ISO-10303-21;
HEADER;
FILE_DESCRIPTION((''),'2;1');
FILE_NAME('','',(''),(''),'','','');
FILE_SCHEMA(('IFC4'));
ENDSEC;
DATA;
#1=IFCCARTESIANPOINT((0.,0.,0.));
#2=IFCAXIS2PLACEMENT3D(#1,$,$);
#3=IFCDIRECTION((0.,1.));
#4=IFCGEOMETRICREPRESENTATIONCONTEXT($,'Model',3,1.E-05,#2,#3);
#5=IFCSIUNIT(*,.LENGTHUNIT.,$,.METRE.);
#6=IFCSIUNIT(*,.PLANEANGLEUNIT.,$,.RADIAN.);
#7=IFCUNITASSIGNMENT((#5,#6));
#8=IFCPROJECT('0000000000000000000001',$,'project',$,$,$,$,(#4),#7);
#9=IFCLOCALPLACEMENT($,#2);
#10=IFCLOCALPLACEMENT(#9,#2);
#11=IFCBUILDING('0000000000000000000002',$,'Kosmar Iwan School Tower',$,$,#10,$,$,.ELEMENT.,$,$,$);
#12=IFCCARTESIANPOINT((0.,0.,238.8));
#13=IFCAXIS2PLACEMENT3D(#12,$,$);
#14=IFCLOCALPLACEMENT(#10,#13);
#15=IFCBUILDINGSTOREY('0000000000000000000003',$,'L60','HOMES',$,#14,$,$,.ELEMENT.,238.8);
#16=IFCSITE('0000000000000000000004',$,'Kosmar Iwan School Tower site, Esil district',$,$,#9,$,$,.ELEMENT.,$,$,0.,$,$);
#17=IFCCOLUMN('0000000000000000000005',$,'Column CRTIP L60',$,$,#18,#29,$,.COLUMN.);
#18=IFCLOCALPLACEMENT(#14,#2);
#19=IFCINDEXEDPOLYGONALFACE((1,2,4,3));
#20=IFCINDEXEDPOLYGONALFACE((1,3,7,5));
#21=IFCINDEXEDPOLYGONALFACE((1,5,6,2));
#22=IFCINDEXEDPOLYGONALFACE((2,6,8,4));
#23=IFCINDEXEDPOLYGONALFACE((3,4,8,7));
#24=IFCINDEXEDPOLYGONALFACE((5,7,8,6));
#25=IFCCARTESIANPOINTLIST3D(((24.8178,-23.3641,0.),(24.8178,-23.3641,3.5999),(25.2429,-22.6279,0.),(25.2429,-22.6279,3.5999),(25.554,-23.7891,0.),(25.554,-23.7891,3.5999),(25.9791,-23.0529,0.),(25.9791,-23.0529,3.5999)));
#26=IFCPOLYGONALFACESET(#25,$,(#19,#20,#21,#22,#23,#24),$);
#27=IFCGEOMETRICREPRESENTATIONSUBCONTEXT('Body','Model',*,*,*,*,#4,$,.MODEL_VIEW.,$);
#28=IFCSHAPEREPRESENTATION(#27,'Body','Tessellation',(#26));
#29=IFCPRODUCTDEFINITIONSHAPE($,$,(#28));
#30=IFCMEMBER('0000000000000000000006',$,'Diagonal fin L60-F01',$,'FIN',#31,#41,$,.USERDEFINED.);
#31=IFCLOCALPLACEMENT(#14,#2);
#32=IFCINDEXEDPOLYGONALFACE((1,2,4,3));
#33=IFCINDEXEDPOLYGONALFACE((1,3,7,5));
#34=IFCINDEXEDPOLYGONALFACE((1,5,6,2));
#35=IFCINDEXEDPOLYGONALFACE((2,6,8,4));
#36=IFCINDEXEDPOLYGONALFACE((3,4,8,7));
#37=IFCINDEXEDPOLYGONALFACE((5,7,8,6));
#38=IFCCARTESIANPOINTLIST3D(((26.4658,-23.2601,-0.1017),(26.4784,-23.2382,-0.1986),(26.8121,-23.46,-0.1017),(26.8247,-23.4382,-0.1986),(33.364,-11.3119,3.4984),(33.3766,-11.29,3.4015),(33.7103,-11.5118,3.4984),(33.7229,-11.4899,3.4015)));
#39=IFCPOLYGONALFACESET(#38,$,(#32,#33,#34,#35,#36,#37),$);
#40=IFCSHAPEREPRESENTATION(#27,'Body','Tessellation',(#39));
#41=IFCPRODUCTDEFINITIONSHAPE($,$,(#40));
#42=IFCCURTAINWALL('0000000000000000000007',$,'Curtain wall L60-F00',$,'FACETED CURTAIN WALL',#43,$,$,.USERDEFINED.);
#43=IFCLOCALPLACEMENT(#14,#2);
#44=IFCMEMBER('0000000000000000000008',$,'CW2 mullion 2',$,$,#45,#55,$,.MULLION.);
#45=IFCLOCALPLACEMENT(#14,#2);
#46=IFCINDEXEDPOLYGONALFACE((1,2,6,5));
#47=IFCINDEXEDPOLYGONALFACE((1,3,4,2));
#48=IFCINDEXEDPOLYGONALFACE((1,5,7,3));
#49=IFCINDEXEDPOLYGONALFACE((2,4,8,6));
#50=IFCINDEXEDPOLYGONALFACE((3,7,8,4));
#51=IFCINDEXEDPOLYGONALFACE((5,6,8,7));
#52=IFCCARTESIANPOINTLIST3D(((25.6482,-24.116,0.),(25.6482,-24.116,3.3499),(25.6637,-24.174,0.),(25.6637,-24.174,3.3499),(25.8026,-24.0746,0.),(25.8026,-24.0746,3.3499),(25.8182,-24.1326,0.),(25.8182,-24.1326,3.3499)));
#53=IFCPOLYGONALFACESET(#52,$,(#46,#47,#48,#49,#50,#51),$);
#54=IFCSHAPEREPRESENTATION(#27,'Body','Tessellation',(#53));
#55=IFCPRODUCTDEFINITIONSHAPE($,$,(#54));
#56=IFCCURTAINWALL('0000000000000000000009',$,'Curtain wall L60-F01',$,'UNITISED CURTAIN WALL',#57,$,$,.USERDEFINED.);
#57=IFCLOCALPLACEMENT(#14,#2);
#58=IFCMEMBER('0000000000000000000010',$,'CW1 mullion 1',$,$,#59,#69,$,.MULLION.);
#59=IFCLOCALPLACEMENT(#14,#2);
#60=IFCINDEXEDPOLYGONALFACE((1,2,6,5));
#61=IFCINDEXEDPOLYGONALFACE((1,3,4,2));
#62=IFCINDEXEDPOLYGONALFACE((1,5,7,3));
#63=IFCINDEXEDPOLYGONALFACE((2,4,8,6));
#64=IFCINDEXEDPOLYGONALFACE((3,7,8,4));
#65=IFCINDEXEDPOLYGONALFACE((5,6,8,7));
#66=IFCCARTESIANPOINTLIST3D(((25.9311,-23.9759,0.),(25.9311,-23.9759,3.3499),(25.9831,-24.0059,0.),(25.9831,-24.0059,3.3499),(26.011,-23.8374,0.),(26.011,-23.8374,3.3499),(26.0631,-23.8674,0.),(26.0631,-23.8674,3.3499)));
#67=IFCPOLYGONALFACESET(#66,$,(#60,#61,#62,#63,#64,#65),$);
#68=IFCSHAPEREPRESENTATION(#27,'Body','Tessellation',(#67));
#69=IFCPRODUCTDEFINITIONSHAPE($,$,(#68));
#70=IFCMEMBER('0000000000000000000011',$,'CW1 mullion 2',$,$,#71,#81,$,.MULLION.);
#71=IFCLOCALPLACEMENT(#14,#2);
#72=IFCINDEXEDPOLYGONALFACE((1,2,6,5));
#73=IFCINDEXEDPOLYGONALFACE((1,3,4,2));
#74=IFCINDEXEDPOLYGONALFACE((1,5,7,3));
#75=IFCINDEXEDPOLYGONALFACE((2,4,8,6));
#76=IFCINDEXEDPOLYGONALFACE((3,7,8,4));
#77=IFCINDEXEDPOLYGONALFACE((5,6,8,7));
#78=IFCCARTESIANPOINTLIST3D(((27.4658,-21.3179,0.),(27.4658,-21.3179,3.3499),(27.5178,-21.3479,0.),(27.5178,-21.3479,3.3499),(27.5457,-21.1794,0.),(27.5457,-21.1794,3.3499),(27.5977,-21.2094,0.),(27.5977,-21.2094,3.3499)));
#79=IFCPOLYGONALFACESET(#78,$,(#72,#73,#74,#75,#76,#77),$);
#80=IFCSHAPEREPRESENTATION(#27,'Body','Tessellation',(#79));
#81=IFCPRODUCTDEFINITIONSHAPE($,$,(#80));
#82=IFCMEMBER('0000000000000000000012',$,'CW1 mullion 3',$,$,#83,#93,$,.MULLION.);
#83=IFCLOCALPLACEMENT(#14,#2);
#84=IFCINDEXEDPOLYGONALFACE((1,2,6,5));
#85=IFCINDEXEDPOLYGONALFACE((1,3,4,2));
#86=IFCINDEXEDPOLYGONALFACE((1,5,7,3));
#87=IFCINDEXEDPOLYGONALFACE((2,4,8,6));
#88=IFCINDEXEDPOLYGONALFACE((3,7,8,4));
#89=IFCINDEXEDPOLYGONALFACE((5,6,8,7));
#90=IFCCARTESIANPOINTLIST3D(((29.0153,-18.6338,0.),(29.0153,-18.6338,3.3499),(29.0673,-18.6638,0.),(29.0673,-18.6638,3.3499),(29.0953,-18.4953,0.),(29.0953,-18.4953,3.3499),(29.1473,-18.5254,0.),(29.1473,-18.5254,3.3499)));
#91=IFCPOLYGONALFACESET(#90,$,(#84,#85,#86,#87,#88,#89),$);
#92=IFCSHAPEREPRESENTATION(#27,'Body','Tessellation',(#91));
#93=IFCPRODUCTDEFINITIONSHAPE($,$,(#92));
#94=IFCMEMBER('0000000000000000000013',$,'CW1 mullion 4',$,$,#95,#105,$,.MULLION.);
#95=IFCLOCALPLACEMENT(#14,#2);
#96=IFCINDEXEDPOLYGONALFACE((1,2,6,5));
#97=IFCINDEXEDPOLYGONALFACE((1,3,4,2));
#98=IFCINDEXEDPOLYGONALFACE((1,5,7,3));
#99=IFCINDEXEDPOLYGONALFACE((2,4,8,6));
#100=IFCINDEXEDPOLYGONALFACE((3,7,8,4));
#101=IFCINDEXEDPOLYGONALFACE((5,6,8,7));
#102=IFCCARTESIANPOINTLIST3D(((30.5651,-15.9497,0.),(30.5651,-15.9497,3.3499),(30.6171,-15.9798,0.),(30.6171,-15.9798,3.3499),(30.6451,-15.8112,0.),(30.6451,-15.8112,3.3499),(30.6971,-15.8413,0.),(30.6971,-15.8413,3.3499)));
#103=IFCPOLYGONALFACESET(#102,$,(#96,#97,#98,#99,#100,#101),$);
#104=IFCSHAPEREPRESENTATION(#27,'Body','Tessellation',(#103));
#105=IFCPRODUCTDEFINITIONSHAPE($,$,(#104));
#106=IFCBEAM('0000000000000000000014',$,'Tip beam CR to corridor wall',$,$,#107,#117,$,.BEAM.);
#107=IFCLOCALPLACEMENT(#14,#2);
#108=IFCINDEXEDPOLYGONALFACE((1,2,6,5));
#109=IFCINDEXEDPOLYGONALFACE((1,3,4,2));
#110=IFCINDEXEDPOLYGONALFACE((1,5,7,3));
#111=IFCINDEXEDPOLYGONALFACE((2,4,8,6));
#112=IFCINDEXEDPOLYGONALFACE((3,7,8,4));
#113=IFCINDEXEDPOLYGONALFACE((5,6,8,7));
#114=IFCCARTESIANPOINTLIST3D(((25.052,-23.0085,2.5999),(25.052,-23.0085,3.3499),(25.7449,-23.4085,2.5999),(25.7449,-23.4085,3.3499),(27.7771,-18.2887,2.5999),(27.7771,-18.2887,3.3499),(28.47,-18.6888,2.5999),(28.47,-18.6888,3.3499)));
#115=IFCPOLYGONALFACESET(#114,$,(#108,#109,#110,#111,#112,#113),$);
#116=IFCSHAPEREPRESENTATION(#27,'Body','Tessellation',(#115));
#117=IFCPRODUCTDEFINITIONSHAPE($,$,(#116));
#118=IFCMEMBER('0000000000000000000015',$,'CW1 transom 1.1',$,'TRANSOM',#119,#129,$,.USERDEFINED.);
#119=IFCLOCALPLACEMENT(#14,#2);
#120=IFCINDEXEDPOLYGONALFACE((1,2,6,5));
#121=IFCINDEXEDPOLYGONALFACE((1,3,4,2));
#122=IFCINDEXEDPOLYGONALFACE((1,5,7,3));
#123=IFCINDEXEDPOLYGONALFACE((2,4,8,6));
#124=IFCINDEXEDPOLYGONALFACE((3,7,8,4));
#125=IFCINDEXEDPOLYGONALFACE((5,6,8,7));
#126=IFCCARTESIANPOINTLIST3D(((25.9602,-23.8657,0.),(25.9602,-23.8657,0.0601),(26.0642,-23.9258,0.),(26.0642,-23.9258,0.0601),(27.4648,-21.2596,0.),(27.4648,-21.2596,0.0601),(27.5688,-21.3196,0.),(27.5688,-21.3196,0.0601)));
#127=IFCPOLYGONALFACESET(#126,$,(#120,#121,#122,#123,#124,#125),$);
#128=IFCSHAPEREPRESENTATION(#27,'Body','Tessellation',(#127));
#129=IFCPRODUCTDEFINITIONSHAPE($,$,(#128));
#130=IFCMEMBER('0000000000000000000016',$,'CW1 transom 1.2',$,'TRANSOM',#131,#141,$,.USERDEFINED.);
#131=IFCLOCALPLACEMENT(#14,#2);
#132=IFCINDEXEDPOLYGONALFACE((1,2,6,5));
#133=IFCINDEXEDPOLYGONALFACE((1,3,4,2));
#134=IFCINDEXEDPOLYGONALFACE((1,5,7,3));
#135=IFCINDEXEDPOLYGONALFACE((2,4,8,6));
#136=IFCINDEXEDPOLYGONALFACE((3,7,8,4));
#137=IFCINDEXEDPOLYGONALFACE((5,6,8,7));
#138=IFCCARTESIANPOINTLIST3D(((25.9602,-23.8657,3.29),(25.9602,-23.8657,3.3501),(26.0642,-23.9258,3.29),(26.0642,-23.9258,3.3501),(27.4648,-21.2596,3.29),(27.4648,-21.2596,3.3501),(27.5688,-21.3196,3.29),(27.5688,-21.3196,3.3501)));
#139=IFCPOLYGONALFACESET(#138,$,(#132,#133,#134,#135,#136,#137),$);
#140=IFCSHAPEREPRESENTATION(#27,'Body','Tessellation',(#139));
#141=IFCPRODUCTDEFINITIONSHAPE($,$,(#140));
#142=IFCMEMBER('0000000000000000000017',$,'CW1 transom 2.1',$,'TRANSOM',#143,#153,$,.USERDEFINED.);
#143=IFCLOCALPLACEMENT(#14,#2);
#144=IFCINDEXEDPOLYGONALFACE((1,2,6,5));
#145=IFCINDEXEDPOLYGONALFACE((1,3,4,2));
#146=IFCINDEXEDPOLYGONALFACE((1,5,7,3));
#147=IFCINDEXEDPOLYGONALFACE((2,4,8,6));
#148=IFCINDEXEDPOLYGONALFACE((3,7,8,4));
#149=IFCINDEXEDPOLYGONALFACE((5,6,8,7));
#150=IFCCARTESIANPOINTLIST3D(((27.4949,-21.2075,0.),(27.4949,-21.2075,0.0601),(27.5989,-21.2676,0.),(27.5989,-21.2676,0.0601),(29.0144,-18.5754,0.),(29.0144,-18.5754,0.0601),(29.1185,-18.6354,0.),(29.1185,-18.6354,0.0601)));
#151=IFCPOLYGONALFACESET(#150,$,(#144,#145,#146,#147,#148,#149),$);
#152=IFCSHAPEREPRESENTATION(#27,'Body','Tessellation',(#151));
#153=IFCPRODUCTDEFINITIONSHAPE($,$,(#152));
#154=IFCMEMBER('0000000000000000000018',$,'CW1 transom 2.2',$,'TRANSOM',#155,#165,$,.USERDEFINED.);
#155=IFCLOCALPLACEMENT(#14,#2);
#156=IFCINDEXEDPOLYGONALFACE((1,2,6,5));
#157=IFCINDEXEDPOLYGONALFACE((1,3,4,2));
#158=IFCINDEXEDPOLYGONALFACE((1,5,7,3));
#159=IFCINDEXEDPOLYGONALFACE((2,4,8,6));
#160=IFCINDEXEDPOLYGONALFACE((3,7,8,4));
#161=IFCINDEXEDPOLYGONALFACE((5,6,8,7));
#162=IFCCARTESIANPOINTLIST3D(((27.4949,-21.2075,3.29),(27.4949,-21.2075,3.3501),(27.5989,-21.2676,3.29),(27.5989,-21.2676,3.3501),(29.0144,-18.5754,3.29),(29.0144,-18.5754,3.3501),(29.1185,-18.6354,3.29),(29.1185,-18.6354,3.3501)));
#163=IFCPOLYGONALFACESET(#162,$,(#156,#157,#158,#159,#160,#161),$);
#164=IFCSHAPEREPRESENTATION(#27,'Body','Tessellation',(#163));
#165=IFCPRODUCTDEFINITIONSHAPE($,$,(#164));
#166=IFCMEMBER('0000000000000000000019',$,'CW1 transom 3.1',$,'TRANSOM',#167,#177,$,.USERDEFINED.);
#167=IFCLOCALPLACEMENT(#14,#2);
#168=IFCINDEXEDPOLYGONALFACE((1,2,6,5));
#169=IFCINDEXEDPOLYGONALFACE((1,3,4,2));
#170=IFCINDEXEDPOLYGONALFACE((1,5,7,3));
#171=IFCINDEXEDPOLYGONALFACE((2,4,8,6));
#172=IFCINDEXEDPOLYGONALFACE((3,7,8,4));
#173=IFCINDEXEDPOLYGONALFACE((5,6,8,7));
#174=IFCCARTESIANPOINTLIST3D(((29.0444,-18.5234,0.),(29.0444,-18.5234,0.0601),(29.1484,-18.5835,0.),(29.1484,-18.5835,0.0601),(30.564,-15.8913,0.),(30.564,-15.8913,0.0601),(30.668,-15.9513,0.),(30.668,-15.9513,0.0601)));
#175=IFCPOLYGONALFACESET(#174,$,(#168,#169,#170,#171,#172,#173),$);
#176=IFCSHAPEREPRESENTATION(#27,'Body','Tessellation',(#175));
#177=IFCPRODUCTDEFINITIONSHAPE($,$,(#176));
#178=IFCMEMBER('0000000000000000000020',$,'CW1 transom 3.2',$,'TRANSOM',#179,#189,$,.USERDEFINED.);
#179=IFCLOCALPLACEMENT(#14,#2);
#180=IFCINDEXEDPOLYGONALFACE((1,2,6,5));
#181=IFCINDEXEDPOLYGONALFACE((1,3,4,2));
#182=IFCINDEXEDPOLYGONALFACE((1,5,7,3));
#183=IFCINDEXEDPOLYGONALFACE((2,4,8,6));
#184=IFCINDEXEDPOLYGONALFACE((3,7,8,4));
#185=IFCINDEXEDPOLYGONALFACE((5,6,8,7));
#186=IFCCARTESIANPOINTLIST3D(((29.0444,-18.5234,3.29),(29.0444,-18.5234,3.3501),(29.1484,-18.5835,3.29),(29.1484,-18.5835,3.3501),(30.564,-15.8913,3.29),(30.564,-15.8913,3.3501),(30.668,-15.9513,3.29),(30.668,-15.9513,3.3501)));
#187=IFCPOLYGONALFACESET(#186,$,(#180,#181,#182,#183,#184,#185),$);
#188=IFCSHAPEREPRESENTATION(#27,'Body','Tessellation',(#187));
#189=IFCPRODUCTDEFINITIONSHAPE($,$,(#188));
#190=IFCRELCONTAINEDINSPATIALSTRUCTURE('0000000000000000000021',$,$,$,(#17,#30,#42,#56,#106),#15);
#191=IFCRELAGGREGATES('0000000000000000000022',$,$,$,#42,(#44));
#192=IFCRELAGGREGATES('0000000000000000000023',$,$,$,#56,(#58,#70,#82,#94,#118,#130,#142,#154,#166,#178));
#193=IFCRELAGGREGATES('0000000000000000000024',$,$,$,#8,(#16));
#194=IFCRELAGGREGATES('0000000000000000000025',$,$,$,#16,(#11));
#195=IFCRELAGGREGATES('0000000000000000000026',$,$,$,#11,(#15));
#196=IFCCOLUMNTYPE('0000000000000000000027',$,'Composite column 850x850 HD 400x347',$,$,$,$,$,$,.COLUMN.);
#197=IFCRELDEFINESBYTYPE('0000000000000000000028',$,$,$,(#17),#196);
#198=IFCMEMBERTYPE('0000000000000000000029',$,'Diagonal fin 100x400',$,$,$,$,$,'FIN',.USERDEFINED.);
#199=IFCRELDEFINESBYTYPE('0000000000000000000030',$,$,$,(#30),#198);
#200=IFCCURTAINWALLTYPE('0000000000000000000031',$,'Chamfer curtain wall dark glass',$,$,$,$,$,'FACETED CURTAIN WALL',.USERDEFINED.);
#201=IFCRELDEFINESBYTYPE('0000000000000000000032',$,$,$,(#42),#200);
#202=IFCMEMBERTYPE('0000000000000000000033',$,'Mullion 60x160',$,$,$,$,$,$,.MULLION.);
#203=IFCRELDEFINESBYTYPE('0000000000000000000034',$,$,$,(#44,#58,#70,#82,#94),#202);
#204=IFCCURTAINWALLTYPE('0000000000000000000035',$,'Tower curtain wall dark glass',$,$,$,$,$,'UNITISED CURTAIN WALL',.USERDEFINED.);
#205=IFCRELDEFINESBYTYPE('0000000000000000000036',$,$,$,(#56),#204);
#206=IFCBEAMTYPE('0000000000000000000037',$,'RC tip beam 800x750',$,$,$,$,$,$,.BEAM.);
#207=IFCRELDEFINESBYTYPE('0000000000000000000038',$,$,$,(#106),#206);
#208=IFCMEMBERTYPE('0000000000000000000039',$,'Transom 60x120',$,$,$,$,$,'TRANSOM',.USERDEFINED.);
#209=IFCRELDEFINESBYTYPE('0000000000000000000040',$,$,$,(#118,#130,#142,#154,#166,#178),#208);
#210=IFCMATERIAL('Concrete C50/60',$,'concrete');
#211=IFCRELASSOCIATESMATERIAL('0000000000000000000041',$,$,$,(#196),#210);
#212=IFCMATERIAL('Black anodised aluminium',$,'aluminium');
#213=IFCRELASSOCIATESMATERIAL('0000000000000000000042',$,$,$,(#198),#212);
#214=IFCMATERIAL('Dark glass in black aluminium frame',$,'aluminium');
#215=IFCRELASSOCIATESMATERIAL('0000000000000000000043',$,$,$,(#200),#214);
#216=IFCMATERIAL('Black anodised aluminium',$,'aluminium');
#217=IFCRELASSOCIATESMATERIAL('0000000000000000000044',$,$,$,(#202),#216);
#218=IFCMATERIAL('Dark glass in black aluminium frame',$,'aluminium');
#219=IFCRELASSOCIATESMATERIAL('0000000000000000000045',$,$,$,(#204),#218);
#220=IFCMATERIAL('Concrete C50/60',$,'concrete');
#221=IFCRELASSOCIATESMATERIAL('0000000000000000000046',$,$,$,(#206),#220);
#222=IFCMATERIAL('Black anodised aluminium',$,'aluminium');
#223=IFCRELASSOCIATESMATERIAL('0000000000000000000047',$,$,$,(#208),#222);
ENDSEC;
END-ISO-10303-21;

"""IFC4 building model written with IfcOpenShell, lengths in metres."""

from ifc_helpers import new_model, si_unit, direction, frame, origin, origin_2d, place, context, subcontext, project, spatial, rectangle, extrude, material, material_profile, profile_set, type_object, element, aggregate, save


model = new_model("IFC4")

# Units and contexts
model_context = context("Model", 3, precision=1e-05, world=origin(), true_north=direction((0.0, 1.0)))
body_context = subcontext(model_context, "Body", "Model", "MODEL_VIEW")
ifc_project = project(units=[si_unit("LENGTHUNIT", "METRE"), si_unit("PLANEANGLEUNIT", "RADIAN")], contexts=[model_context])

# Site, building, storey
site_placement = place(None, origin())
site = spatial("IfcSite", under=ifc_project, at=site_placement, Name="Kosmar Iwan School Tower site, Esil district", CompositionType="ELEMENT", RefElevation=0.0)
building_placement = place(site_placement, origin())
building = spatial("IfcBuilding", under=site, at=building_placement, Name="Kosmar Iwan School Tower", CompositionType="ELEMENT")
storey_placement = place(building_placement, frame((0.0, 0.0, 238.8)))
storey = spatial("IfcBuildingStorey", under=building, at=storey_placement, Name="L60", Description="HOMES", CompositionType="ELEMENT", Elevation=238.8)

# Column
ifc_material_1 = material(Name="Concrete C50/60", Category="concrete")
ifc_material_profile_1 = material_profile(ifc_material_1, rectangle(XDim=0.8501, YDim=0.8501, at=origin_2d()), Name="RC 850x850 + HD 400x347")
ifc_profile_set_1 = profile_set([ifc_material_profile_1], Name="Concrete C50/60")
column_type = type_object("IfcColumnType", Name="Composite column 850x850 HD 400x347", PredefinedType="COLUMN", material=ifc_profile_set_1)
column_placement = place(storey_placement, frame((25.3984, -23.2085, 0.0), z_axis=(0.0, 0.0, 1.0), x_axis=(0.866025, -0.5, 0.0)))
element("IfcColumn", 1, at=column_placement, inside=storey, type_object=column_type, Name="Column CRTIP L60", PredefinedType="COLUMN", context=body_context, shape_type="SweptSolid", body=[
    extrude(rectangle(XDim=0.8501, YDim=0.8501, at=origin_2d()), origin(), (0.0, 0.0, 1.0), 3.5999),
])

# Member
ifc_material_2 = material(Name="Black anodised aluminium", Category="aluminium")
ifc_material_profile_2 = material_profile(ifc_material_2, rectangle(XDim=0.1001, YDim=0.3999, at=origin_2d()), Name="FIN 100x400")
ifc_profile_set_2 = profile_set([ifc_material_profile_2], Name="Black anodised aluminium")
member_type_1 = type_object("IfcMemberType", Name="Diagonal fin 100x400", ElementType="FIN", PredefinedType="USERDEFINED", material=ifc_profile_set_2)
member_1_placement = place(storey_placement, frame((26.6453, -23.3491, -0.1501), z_axis=(0.483793, 0.83797, 0.252487), x_axis=(-0.126242, -0.218661, 0.9676)))
element("IfcMember", 2, at=member_1_placement, inside=storey, type_object=member_type_1, Name="Diagonal fin L60-F01", ObjectType="FIN", PredefinedType="USERDEFINED", context=body_context, shape_type="SweptSolid", body=[
    extrude(rectangle(XDim=0.1001, YDim=0.3999, at=origin_2d()), origin(), (0.0, 0.0, 1.0), 14.2585),
])

# Curtain wall, member
ifc_material_3 = material(Name="Dark glass in black aluminium frame", Category="aluminium")
curtain_wall_type_1 = type_object("IfcCurtainWallType", Name="Chamfer curtain wall dark glass", ElementType="FACETED CURTAIN WALL", PredefinedType="USERDEFINED", material=ifc_material_3)
curtain_wall_1_placement = place(storey_placement, origin())
curtain_wall_1 = element("IfcCurtainWall", 3, at=curtain_wall_1_placement, inside=storey, type_object=curtain_wall_type_1, Name="Curtain wall L60-F00", ObjectType="FACETED CURTAIN WALL", PredefinedType="USERDEFINED")
ifc_material_4 = material(Name="Black anodised aluminium", Category="aluminium")
ifc_material_profile_3 = material_profile(ifc_material_4, rectangle(XDim=0.0601, YDim=0.1599, at=origin_2d()), Name="MULLION 60x160")
ifc_profile_set_3 = profile_set([ifc_material_profile_3], Name="Black anodised aluminium")
member_type_2 = type_object("IfcMemberType", Name="Mullion 60x160", PredefinedType="MULLION", material=ifc_profile_set_3)
member_2_placement = place(storey_placement, frame((25.7332, -24.1243, 0.0), z_axis=(0.0, 0.0, 1.0), x_axis=(-0.258819, 0.965926, 0.0)))
member_2 = element("IfcMember", 4, at=member_2_placement, type_object=member_type_2, Name="CW2 mullion 2", PredefinedType="MULLION", context=body_context, shape_type="SweptSolid", body=[
    extrude(rectangle(XDim=0.0601, YDim=0.1599, at=origin_2d()), origin(), (0.0, 0.0, 1.0), 3.3499),
])
aggregate(curtain_wall_1, [member_2])

# Curtain wall, members
ifc_material_5 = material(Name="Dark glass in black aluminium frame", Category="aluminium")
curtain_wall_type_2 = type_object("IfcCurtainWallType", Name="Tower curtain wall dark glass", ElementType="UNITISED CURTAIN WALL", PredefinedType="USERDEFINED", material=ifc_material_5)
curtain_wall_2_placement = place(storey_placement, origin())
curtain_wall_2 = element("IfcCurtainWall", 5, at=curtain_wall_2_placement, inside=storey, type_object=curtain_wall_type_2, Name="Curtain wall L60-F01", ObjectType="UNITISED CURTAIN WALL", PredefinedType="USERDEFINED")
member_3_placement = place(storey_placement, frame((25.9971, -23.9216, 0.0), z_axis=(0.0, 0.0, 1.0), x_axis=(-0.866025, 0.5, 0.0)))
member_3 = element("IfcMember", 6, at=member_3_placement, type_object=member_type_2, Name="CW1 mullion 1", PredefinedType="MULLION", context=body_context, shape_type="SweptSolid", body=[
    extrude(rectangle(XDim=0.0601, YDim=0.1599, at=origin_2d()), origin(), (0.0, 0.0, 1.0), 3.3499),
])
member_4_placement = place(storey_placement, frame((27.5317, -21.2637, 0.0), z_axis=(0.0, 0.0, 1.0), x_axis=(-0.866025, 0.5, 0.0)))
member_4 = element("IfcMember", 7, at=member_4_placement, type_object=member_type_2, Name="CW1 mullion 2", PredefinedType="MULLION", context=body_context, shape_type="SweptSolid", body=[
    extrude(rectangle(XDim=0.0601, YDim=0.1599, at=origin_2d()), origin(), (0.0, 0.0, 1.0), 3.3499),
])
member_5_placement = place(storey_placement, frame((29.0813, -18.5796, 0.0), z_axis=(0.0, 0.0, 1.0), x_axis=(-0.866025, 0.5, 0.0)))
member_5 = element("IfcMember", 8, at=member_5_placement, type_object=member_type_2, Name="CW1 mullion 3", PredefinedType="MULLION", context=body_context, shape_type="SweptSolid", body=[
    extrude(rectangle(XDim=0.0601, YDim=0.1599, at=origin_2d()), origin(), (0.0, 0.0, 1.0), 3.3499),
])
member_6_placement = place(storey_placement, frame((30.6311, -15.8955, 0.0), z_axis=(0.0, 0.0, 1.0), x_axis=(-0.866025, 0.5, 0.0)))
member_6 = element("IfcMember", 9, at=member_6_placement, type_object=member_type_2, Name="CW1 mullion 4", PredefinedType="MULLION", context=body_context, shape_type="SweptSolid", body=[
    extrude(rectangle(XDim=0.0601, YDim=0.1599, at=origin_2d()), origin(), (0.0, 0.0, 1.0), 3.3499),
])

# Beam
ifc_material_6 = material(Name="Concrete C50/60", Category="concrete")
ifc_material_profile_4 = material_profile(ifc_material_6, rectangle(XDim=0.8, YDim=0.75, at=origin_2d()), Name="RC 800x750")
ifc_profile_set_4 = profile_set([ifc_material_profile_4], Name="Concrete C50/60")
beam_type = type_object("IfcBeamType", Name="RC tip beam 800x750", PredefinedType="BEAM", material=ifc_profile_set_4)
beam_placement = place(storey_placement, frame((25.3984, -23.2085, 2.9749), z_axis=(0.500022, 0.866013, 0.0), x_axis=(-0.866013, 0.500022, 0.0)))
element("IfcBeam", 10, at=beam_placement, inside=storey, type_object=beam_type, Name="Tip beam CR to corridor wall", PredefinedType="BEAM", context=body_context, shape_type="SweptSolid", body=[
    extrude(rectangle(XDim=0.8, YDim=0.75, at=origin_2d()), origin(), (0.0, 0.0, 1.0), 5.45),
])

# Members
ifc_material_7 = material(Name="Black anodised aluminium", Category="aluminium")
ifc_material_profile_5 = material_profile(ifc_material_7, rectangle(XDim=0.1201, YDim=0.0601, at=origin_2d()), Name="TRANSOM 60x120")
ifc_profile_set_5 = profile_set([ifc_material_profile_5], Name="Black anodised aluminium")
member_type_3 = type_object("IfcMemberType", Name="Transom 60x120", ElementType="TRANSOM", PredefinedType="USERDEFINED", material=ifc_profile_set_5)
member_7_placement = place(storey_placement, frame((26.0122, -23.8958, 0.03), z_axis=(0.499987, 0.866033, 0.0), x_axis=(-0.866033, 0.499987, 0.0)))
member_7 = element("IfcMember", 11, at=member_7_placement, type_object=member_type_3, Name="CW1 transom 1.1", ObjectType="TRANSOM", PredefinedType="USERDEFINED", context=body_context, shape_type="SweptSolid", body=[
    extrude(rectangle(XDim=0.1201, YDim=0.0601, at=origin_2d()), origin(), (0.0, 0.0, 1.0), 3.0093),
])
member_8_placement = place(storey_placement, frame((26.0122, -23.8958, 3.3201), z_axis=(0.499987, 0.866033, 0.0), x_axis=(-0.866033, 0.499987, 0.0)))
member_8 = element("IfcMember", 12, at=member_8_placement, type_object=member_type_3, Name="CW1 transom 1.2", ObjectType="TRANSOM", PredefinedType="USERDEFINED", context=body_context, shape_type="SweptSolid", body=[
    extrude(rectangle(XDim=0.1201, YDim=0.0601, at=origin_2d()), origin(), (0.0, 0.0, 1.0), 3.0093),
])
member_9_placement = place(storey_placement, frame((27.5469, -21.2375, 0.03), z_axis=(0.499975, 0.86604, 0.0), x_axis=(-0.86604, 0.499975, 0.0)))
member_9 = element("IfcMember", 13, at=member_9_placement, type_object=member_type_3, Name="CW1 transom 2.1", ObjectType="TRANSOM", PredefinedType="USERDEFINED", context=body_context, shape_type="SweptSolid", body=[
    extrude(rectangle(XDim=0.1201, YDim=0.0601, at=origin_2d()), origin(), (0.0, 0.0, 1.0), 3.0393),
])
member_10_placement = place(storey_placement, frame((27.5469, -21.2375, 3.3201), z_axis=(0.499975, 0.86604, 0.0), x_axis=(-0.86604, 0.499975, 0.0)))
member_10 = element("IfcMember", 14, at=member_10_placement, type_object=member_type_3, Name="CW1 transom 2.2", ObjectType="TRANSOM", PredefinedType="USERDEFINED", context=body_context, shape_type="SweptSolid", body=[
    extrude(rectangle(XDim=0.1201, YDim=0.0601, at=origin_2d()), origin(), (0.0, 0.0, 1.0), 3.0393),
])
member_11_placement = place(storey_placement, frame((29.0964, -18.5535, 0.03), z_axis=(0.499975, 0.86604, 0.0), x_axis=(-0.86604, 0.499975, 0.0)))
member_11 = element("IfcMember", 15, at=member_11_placement, type_object=member_type_3, Name="CW1 transom 3.1", ObjectType="TRANSOM", PredefinedType="USERDEFINED", context=body_context, shape_type="SweptSolid", body=[
    extrude(rectangle(XDim=0.1201, YDim=0.0601, at=origin_2d()), origin(), (0.0, 0.0, 1.0), 3.0393),
])
member_12_placement = place(storey_placement, frame((29.0964, -18.5535, 3.3201), z_axis=(0.499975, 0.86604, 0.0), x_axis=(-0.86604, 0.499975, 0.0)))
member_12 = element("IfcMember", 16, at=member_12_placement, type_object=member_type_3, Name="CW1 transom 3.2", ObjectType="TRANSOM", PredefinedType="USERDEFINED", context=body_context, shape_type="SweptSolid", body=[
    extrude(rectangle(XDim=0.1201, YDim=0.0601, at=origin_2d()), origin(), (0.0, 0.0, 1.0), 3.0393),
])

aggregate(curtain_wall_2, [member_3, member_4, member_5, member_6, member_7, member_8, member_9, member_10, member_11, member_12])

save(model, "model.ifc")
